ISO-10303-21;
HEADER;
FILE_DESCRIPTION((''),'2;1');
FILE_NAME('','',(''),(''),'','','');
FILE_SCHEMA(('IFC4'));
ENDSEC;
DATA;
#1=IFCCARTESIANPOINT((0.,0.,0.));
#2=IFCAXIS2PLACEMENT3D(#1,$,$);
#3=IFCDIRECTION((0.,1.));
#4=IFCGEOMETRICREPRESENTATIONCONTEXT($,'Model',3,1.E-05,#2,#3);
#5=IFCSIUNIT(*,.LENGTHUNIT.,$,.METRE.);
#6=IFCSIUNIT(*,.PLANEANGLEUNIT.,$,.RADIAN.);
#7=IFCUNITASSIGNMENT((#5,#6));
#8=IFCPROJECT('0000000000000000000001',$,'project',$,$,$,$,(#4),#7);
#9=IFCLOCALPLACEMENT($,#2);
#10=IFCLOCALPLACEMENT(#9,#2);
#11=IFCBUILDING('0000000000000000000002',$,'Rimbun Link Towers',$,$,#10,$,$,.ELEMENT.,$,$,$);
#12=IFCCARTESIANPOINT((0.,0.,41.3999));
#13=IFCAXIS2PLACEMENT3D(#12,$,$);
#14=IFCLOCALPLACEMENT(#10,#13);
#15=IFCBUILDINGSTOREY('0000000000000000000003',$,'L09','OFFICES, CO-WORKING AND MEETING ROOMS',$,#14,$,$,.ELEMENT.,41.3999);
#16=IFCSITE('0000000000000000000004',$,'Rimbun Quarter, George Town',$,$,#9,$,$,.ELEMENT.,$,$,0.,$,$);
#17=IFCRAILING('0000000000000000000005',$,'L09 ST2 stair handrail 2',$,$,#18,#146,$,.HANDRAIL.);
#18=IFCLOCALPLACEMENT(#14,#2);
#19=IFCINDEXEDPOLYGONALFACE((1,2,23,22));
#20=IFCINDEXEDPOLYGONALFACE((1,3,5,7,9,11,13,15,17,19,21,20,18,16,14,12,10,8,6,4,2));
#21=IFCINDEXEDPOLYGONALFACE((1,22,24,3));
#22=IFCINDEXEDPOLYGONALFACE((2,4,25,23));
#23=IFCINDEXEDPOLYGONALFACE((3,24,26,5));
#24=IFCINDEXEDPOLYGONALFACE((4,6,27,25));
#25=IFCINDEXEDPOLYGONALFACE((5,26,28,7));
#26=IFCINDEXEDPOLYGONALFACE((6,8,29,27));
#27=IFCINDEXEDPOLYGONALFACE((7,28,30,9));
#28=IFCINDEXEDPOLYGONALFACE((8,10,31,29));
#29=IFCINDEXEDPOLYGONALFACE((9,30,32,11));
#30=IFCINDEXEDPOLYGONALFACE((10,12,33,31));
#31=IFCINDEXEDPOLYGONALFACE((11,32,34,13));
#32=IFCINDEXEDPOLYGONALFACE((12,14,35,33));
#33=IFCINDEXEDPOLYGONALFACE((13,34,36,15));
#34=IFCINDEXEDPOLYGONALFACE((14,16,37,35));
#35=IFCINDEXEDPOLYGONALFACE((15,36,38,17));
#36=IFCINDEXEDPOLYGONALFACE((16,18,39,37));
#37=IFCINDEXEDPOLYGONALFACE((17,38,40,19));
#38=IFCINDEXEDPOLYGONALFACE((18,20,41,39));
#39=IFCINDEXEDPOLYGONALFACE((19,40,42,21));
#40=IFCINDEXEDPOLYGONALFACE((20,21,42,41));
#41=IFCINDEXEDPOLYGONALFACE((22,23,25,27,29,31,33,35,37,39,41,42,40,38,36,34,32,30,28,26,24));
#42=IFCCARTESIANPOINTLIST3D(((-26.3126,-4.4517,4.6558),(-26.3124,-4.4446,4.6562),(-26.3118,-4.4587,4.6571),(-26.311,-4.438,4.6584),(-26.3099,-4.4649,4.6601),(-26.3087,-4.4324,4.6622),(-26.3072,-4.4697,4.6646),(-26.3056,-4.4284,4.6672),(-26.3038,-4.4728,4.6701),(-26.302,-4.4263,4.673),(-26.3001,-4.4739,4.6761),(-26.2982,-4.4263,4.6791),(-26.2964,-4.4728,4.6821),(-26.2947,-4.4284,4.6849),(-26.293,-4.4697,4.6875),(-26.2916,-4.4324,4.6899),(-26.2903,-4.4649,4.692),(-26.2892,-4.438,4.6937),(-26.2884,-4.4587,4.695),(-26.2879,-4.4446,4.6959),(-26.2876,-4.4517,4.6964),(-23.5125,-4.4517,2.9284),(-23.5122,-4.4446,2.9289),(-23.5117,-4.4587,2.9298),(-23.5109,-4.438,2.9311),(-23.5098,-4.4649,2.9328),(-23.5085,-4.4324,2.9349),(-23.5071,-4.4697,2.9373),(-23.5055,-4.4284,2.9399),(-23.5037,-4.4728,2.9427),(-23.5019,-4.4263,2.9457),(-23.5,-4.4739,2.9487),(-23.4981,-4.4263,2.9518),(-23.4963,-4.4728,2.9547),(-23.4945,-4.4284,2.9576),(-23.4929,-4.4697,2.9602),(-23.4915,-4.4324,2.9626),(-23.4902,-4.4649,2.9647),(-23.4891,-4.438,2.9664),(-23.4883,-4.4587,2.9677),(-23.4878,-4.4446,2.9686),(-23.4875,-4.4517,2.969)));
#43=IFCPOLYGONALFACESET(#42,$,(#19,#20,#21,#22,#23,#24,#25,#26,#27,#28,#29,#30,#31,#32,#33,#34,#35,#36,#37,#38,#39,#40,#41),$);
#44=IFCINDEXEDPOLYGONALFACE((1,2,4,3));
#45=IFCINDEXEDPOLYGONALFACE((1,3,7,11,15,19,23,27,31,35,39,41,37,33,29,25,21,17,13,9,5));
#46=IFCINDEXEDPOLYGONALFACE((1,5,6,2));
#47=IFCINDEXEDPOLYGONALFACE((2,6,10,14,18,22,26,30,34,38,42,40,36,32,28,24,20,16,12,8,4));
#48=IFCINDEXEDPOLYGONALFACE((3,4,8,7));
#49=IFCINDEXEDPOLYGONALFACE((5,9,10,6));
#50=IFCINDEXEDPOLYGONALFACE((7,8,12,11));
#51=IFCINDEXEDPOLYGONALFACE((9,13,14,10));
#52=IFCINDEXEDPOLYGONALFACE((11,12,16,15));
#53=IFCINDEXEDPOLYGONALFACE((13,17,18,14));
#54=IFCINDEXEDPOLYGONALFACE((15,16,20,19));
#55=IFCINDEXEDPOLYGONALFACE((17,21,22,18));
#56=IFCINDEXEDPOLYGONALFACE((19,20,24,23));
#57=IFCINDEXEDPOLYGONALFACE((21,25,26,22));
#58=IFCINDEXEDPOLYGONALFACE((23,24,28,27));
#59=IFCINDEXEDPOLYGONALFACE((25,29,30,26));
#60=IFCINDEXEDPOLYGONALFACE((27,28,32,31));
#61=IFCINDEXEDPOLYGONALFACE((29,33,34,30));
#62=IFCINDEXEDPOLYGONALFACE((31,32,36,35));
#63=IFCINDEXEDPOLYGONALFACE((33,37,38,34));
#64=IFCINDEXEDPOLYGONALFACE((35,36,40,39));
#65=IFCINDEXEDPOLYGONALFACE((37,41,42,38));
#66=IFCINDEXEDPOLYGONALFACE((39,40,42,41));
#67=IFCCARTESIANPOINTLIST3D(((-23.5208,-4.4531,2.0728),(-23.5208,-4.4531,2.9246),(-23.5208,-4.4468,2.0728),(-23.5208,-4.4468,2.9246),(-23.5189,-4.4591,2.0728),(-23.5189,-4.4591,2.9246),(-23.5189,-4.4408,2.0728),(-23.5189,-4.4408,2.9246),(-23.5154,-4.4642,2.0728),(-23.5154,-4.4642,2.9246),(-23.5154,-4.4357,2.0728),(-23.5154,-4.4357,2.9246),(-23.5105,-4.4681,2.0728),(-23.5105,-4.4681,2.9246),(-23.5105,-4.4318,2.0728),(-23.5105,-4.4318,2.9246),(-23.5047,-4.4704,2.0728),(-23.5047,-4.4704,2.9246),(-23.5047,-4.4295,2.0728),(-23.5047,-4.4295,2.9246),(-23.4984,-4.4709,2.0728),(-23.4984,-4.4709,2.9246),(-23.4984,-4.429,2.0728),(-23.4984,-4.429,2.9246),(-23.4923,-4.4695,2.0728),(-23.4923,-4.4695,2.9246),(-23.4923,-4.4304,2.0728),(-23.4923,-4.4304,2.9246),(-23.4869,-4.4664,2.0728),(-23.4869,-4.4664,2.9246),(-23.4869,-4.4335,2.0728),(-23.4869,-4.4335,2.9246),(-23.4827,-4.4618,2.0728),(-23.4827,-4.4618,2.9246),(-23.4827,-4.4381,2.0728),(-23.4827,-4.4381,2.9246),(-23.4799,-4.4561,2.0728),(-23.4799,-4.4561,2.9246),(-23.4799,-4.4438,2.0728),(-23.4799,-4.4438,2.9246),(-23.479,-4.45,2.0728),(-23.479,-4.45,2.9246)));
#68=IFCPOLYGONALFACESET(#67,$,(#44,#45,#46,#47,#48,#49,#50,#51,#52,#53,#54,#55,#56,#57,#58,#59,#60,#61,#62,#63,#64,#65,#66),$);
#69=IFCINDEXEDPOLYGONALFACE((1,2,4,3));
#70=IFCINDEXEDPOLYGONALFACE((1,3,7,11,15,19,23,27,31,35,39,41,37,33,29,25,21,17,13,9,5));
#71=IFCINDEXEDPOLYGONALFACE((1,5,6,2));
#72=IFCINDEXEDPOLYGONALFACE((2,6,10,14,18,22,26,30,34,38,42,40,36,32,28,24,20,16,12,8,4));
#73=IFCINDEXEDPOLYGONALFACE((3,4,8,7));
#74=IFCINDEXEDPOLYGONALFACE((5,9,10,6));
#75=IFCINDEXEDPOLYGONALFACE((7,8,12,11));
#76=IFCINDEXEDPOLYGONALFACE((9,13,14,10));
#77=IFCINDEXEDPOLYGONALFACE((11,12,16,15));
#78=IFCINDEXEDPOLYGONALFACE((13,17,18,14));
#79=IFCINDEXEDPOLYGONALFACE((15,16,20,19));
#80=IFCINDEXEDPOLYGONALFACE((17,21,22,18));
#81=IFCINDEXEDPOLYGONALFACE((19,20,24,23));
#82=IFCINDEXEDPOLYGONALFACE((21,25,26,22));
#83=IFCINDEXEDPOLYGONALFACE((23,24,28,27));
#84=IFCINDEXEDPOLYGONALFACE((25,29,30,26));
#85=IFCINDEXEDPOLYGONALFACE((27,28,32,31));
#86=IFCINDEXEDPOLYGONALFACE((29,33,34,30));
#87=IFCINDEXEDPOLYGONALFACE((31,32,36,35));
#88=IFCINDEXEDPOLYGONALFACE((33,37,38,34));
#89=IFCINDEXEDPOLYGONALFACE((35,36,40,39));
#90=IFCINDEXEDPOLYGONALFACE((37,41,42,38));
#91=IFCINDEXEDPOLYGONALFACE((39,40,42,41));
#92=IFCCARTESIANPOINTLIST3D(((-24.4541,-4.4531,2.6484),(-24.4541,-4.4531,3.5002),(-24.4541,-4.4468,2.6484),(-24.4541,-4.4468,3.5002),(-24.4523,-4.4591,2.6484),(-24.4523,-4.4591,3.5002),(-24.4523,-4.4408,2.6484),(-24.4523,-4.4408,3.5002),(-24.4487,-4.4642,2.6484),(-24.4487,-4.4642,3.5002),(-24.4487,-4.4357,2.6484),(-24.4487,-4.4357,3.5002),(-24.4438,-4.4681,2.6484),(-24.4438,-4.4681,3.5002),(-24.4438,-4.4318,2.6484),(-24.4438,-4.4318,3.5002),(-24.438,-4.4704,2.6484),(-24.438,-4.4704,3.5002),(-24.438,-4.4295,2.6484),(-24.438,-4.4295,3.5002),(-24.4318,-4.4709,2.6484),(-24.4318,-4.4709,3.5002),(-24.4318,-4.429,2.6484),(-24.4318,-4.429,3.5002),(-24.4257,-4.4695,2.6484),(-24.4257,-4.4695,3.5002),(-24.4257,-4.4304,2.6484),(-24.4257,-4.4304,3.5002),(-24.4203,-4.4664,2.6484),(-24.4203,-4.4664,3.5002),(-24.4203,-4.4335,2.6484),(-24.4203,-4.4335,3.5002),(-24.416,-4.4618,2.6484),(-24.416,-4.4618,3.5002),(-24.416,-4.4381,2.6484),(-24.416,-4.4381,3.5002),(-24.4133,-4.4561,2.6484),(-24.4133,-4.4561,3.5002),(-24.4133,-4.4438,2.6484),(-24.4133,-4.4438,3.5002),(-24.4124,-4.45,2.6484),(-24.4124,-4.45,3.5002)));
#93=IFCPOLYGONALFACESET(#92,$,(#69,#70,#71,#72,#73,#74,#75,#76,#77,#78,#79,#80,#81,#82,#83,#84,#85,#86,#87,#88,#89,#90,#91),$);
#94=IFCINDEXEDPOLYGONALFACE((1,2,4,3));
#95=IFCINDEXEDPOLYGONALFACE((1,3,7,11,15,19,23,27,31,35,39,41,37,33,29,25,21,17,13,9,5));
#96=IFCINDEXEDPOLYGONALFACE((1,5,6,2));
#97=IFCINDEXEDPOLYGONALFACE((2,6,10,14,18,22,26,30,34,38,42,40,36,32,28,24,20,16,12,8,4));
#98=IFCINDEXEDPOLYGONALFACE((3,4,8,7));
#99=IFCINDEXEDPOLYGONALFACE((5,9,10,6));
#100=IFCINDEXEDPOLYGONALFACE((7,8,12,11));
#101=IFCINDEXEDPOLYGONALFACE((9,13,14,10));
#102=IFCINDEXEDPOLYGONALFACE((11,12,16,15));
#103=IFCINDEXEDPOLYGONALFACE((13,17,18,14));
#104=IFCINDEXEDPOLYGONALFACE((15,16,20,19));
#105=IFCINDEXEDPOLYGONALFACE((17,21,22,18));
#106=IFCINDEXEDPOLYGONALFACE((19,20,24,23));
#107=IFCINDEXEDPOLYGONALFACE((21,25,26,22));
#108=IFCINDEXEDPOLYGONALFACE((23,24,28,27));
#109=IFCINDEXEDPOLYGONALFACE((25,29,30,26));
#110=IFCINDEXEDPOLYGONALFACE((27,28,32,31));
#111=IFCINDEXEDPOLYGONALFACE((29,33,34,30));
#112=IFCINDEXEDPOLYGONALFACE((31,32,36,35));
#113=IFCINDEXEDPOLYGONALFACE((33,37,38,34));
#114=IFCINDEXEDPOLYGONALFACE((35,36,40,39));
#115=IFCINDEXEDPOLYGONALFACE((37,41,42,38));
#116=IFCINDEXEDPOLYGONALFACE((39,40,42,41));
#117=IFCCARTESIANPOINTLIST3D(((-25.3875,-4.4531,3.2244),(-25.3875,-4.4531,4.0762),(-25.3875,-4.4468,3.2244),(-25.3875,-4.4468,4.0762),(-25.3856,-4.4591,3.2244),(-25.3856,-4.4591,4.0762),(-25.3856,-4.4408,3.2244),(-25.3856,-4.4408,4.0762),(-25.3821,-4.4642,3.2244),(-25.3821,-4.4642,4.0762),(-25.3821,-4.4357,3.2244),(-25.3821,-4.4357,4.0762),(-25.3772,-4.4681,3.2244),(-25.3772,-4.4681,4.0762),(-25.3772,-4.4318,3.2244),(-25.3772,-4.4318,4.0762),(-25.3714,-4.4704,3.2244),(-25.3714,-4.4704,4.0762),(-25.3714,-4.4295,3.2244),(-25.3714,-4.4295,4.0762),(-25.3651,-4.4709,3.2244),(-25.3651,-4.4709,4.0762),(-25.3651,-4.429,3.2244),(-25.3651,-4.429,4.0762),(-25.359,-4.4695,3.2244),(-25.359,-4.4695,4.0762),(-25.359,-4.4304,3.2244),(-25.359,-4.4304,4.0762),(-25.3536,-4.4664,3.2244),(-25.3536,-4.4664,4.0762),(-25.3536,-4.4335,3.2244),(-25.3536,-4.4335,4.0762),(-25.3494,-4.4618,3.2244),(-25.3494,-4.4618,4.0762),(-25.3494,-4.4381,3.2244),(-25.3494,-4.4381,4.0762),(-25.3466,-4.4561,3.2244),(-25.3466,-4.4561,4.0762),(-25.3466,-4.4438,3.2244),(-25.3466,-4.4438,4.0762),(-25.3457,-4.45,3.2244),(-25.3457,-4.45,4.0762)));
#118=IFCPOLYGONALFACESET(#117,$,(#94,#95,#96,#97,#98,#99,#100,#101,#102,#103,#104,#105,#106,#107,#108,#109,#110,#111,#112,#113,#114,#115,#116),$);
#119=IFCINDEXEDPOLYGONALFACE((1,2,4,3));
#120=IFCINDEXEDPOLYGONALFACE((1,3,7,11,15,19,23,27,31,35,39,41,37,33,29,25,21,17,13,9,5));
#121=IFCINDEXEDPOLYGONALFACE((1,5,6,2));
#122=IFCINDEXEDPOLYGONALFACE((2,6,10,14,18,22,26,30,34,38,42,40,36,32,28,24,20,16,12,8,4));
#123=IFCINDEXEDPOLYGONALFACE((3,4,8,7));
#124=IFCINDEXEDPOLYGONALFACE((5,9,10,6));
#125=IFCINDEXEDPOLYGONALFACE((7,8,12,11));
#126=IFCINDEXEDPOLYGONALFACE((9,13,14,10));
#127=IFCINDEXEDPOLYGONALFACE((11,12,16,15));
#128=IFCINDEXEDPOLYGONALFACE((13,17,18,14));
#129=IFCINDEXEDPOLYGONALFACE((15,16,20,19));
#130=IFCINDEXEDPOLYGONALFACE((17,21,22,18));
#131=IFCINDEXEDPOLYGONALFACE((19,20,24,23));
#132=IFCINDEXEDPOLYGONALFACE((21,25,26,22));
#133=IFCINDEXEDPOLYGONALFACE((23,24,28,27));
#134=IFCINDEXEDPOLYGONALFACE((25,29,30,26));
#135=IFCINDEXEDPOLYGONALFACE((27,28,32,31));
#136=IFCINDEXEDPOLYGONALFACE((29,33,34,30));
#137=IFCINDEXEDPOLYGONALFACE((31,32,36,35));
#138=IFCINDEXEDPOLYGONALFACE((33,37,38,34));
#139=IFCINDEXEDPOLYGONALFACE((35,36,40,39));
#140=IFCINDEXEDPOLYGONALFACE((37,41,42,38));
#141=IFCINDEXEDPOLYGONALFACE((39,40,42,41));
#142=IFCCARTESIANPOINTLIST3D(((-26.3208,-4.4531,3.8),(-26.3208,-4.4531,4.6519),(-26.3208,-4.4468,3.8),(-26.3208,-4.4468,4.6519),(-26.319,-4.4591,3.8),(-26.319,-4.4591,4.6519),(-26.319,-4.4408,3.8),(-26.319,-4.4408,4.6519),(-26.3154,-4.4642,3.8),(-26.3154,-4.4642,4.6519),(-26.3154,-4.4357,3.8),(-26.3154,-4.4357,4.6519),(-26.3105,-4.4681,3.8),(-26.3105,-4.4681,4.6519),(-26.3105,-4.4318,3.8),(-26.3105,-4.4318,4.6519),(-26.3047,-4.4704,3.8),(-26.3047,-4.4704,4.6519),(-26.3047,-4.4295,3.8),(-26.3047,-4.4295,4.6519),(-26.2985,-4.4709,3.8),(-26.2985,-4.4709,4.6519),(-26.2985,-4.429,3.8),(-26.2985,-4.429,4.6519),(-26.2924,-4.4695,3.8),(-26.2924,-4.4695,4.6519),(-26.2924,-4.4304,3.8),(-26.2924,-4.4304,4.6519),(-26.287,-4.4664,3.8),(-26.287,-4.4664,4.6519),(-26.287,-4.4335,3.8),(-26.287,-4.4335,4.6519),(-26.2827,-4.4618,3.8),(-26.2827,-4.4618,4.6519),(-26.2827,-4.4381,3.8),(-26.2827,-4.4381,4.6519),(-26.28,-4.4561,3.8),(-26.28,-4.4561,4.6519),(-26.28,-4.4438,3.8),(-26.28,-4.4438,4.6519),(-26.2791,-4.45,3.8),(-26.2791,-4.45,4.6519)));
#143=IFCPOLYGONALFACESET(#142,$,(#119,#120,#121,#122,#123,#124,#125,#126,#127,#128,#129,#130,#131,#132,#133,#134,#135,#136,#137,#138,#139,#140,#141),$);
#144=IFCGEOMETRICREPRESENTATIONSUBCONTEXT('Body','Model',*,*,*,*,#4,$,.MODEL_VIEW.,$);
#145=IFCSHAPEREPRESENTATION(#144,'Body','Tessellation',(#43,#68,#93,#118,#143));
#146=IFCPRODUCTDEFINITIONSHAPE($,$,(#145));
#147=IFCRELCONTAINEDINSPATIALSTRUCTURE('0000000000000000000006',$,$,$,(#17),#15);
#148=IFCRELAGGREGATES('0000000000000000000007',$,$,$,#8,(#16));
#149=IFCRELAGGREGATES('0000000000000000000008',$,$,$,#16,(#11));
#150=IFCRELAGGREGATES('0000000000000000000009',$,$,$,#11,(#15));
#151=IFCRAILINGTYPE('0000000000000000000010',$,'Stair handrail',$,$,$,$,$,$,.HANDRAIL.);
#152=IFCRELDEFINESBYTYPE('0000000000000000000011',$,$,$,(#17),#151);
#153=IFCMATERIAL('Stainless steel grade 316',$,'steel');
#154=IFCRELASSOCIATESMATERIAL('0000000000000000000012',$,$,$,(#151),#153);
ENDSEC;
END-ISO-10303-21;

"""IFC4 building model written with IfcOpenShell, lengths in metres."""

from ifc_helpers import new_model, si_unit, direction, frame, origin, origin_2d, place, context, subcontext, project, spatial, circle, extrude, material, type_object, element, save


model = new_model("IFC4")

# Units and contexts
model_context = context("Model", 3, precision=1e-05, world=origin(), true_north=direction((0.0, 1.0)))
body_context = subcontext(model_context, "Body", "Model", "MODEL_VIEW")
ifc_project = project(units=[si_unit("LENGTHUNIT", "METRE"), si_unit("PLANEANGLEUNIT", "RADIAN")], contexts=[model_context])

# Site, building, storey
site_placement = place(None, origin())
site = spatial("IfcSite", under=ifc_project, at=site_placement, Name="Rimbun Quarter, George Town", CompositionType="ELEMENT", RefElevation=0.0)
building_placement = place(site_placement, origin())
building = spatial("IfcBuilding", under=site, at=building_placement, Name="Rimbun Link Towers", CompositionType="ELEMENT")
storey_placement = place(building_placement, frame((0.0, 0.0, 41.3999)))
storey = spatial("IfcBuildingStorey", under=building, at=storey_placement, Name="L09", Description="OFFICES, CO-WORKING AND MEETING ROOMS", CompositionType="ELEMENT", Elevation=41.3999)

# Railing
ifc_material_1 = material(Name="Stainless steel grade 316", Category="steel")
railing_type_1 = type_object("IfcRailingType", Name="Stair handrail", PredefinedType="HANDRAIL", material=ifc_material_1)
railing_1_placement = place(storey_placement, frame((-23.5, -4.45, 2.0728)))
element("IfcRailing", 1, at=railing_1_placement, inside=storey, type_object=railing_type_1, Name="L09 ST2 stair handrail 2", PredefinedType="HANDRAIL", context=body_context, shape_type="SweptSolid", body=[
    extrude(circle(Radius=0.0239, at=origin_2d()), frame((0.0, 0.0, 0.876), z_axis=(-0.85109, 0.0, 0.52502), x_axis=(0.0, -1.0, 0.0)), (0.0, 0.0, 1.0), 3.29),
    extrude(circle(Radius=0.021, at=origin_2d()), origin(), (0.0, 0.0, 1.0), 0.8518),
    extrude(circle(Radius=0.021, at=origin_2d()), frame((-0.9333, 0.0, 0.5757)), (0.0, 0.0, 1.0), 0.8518),
    extrude(circle(Radius=0.021, at=origin_2d()), frame((-1.8667, 0.0, 1.1516)), (0.0, 0.0, 1.0), 0.8518),
    extrude(circle(Radius=0.021, at=origin_2d()), frame((-2.8, 0.0, 1.7273)), (0.0, 0.0, 1.0), 0.8518),
])

save(model, "model.ifc")
